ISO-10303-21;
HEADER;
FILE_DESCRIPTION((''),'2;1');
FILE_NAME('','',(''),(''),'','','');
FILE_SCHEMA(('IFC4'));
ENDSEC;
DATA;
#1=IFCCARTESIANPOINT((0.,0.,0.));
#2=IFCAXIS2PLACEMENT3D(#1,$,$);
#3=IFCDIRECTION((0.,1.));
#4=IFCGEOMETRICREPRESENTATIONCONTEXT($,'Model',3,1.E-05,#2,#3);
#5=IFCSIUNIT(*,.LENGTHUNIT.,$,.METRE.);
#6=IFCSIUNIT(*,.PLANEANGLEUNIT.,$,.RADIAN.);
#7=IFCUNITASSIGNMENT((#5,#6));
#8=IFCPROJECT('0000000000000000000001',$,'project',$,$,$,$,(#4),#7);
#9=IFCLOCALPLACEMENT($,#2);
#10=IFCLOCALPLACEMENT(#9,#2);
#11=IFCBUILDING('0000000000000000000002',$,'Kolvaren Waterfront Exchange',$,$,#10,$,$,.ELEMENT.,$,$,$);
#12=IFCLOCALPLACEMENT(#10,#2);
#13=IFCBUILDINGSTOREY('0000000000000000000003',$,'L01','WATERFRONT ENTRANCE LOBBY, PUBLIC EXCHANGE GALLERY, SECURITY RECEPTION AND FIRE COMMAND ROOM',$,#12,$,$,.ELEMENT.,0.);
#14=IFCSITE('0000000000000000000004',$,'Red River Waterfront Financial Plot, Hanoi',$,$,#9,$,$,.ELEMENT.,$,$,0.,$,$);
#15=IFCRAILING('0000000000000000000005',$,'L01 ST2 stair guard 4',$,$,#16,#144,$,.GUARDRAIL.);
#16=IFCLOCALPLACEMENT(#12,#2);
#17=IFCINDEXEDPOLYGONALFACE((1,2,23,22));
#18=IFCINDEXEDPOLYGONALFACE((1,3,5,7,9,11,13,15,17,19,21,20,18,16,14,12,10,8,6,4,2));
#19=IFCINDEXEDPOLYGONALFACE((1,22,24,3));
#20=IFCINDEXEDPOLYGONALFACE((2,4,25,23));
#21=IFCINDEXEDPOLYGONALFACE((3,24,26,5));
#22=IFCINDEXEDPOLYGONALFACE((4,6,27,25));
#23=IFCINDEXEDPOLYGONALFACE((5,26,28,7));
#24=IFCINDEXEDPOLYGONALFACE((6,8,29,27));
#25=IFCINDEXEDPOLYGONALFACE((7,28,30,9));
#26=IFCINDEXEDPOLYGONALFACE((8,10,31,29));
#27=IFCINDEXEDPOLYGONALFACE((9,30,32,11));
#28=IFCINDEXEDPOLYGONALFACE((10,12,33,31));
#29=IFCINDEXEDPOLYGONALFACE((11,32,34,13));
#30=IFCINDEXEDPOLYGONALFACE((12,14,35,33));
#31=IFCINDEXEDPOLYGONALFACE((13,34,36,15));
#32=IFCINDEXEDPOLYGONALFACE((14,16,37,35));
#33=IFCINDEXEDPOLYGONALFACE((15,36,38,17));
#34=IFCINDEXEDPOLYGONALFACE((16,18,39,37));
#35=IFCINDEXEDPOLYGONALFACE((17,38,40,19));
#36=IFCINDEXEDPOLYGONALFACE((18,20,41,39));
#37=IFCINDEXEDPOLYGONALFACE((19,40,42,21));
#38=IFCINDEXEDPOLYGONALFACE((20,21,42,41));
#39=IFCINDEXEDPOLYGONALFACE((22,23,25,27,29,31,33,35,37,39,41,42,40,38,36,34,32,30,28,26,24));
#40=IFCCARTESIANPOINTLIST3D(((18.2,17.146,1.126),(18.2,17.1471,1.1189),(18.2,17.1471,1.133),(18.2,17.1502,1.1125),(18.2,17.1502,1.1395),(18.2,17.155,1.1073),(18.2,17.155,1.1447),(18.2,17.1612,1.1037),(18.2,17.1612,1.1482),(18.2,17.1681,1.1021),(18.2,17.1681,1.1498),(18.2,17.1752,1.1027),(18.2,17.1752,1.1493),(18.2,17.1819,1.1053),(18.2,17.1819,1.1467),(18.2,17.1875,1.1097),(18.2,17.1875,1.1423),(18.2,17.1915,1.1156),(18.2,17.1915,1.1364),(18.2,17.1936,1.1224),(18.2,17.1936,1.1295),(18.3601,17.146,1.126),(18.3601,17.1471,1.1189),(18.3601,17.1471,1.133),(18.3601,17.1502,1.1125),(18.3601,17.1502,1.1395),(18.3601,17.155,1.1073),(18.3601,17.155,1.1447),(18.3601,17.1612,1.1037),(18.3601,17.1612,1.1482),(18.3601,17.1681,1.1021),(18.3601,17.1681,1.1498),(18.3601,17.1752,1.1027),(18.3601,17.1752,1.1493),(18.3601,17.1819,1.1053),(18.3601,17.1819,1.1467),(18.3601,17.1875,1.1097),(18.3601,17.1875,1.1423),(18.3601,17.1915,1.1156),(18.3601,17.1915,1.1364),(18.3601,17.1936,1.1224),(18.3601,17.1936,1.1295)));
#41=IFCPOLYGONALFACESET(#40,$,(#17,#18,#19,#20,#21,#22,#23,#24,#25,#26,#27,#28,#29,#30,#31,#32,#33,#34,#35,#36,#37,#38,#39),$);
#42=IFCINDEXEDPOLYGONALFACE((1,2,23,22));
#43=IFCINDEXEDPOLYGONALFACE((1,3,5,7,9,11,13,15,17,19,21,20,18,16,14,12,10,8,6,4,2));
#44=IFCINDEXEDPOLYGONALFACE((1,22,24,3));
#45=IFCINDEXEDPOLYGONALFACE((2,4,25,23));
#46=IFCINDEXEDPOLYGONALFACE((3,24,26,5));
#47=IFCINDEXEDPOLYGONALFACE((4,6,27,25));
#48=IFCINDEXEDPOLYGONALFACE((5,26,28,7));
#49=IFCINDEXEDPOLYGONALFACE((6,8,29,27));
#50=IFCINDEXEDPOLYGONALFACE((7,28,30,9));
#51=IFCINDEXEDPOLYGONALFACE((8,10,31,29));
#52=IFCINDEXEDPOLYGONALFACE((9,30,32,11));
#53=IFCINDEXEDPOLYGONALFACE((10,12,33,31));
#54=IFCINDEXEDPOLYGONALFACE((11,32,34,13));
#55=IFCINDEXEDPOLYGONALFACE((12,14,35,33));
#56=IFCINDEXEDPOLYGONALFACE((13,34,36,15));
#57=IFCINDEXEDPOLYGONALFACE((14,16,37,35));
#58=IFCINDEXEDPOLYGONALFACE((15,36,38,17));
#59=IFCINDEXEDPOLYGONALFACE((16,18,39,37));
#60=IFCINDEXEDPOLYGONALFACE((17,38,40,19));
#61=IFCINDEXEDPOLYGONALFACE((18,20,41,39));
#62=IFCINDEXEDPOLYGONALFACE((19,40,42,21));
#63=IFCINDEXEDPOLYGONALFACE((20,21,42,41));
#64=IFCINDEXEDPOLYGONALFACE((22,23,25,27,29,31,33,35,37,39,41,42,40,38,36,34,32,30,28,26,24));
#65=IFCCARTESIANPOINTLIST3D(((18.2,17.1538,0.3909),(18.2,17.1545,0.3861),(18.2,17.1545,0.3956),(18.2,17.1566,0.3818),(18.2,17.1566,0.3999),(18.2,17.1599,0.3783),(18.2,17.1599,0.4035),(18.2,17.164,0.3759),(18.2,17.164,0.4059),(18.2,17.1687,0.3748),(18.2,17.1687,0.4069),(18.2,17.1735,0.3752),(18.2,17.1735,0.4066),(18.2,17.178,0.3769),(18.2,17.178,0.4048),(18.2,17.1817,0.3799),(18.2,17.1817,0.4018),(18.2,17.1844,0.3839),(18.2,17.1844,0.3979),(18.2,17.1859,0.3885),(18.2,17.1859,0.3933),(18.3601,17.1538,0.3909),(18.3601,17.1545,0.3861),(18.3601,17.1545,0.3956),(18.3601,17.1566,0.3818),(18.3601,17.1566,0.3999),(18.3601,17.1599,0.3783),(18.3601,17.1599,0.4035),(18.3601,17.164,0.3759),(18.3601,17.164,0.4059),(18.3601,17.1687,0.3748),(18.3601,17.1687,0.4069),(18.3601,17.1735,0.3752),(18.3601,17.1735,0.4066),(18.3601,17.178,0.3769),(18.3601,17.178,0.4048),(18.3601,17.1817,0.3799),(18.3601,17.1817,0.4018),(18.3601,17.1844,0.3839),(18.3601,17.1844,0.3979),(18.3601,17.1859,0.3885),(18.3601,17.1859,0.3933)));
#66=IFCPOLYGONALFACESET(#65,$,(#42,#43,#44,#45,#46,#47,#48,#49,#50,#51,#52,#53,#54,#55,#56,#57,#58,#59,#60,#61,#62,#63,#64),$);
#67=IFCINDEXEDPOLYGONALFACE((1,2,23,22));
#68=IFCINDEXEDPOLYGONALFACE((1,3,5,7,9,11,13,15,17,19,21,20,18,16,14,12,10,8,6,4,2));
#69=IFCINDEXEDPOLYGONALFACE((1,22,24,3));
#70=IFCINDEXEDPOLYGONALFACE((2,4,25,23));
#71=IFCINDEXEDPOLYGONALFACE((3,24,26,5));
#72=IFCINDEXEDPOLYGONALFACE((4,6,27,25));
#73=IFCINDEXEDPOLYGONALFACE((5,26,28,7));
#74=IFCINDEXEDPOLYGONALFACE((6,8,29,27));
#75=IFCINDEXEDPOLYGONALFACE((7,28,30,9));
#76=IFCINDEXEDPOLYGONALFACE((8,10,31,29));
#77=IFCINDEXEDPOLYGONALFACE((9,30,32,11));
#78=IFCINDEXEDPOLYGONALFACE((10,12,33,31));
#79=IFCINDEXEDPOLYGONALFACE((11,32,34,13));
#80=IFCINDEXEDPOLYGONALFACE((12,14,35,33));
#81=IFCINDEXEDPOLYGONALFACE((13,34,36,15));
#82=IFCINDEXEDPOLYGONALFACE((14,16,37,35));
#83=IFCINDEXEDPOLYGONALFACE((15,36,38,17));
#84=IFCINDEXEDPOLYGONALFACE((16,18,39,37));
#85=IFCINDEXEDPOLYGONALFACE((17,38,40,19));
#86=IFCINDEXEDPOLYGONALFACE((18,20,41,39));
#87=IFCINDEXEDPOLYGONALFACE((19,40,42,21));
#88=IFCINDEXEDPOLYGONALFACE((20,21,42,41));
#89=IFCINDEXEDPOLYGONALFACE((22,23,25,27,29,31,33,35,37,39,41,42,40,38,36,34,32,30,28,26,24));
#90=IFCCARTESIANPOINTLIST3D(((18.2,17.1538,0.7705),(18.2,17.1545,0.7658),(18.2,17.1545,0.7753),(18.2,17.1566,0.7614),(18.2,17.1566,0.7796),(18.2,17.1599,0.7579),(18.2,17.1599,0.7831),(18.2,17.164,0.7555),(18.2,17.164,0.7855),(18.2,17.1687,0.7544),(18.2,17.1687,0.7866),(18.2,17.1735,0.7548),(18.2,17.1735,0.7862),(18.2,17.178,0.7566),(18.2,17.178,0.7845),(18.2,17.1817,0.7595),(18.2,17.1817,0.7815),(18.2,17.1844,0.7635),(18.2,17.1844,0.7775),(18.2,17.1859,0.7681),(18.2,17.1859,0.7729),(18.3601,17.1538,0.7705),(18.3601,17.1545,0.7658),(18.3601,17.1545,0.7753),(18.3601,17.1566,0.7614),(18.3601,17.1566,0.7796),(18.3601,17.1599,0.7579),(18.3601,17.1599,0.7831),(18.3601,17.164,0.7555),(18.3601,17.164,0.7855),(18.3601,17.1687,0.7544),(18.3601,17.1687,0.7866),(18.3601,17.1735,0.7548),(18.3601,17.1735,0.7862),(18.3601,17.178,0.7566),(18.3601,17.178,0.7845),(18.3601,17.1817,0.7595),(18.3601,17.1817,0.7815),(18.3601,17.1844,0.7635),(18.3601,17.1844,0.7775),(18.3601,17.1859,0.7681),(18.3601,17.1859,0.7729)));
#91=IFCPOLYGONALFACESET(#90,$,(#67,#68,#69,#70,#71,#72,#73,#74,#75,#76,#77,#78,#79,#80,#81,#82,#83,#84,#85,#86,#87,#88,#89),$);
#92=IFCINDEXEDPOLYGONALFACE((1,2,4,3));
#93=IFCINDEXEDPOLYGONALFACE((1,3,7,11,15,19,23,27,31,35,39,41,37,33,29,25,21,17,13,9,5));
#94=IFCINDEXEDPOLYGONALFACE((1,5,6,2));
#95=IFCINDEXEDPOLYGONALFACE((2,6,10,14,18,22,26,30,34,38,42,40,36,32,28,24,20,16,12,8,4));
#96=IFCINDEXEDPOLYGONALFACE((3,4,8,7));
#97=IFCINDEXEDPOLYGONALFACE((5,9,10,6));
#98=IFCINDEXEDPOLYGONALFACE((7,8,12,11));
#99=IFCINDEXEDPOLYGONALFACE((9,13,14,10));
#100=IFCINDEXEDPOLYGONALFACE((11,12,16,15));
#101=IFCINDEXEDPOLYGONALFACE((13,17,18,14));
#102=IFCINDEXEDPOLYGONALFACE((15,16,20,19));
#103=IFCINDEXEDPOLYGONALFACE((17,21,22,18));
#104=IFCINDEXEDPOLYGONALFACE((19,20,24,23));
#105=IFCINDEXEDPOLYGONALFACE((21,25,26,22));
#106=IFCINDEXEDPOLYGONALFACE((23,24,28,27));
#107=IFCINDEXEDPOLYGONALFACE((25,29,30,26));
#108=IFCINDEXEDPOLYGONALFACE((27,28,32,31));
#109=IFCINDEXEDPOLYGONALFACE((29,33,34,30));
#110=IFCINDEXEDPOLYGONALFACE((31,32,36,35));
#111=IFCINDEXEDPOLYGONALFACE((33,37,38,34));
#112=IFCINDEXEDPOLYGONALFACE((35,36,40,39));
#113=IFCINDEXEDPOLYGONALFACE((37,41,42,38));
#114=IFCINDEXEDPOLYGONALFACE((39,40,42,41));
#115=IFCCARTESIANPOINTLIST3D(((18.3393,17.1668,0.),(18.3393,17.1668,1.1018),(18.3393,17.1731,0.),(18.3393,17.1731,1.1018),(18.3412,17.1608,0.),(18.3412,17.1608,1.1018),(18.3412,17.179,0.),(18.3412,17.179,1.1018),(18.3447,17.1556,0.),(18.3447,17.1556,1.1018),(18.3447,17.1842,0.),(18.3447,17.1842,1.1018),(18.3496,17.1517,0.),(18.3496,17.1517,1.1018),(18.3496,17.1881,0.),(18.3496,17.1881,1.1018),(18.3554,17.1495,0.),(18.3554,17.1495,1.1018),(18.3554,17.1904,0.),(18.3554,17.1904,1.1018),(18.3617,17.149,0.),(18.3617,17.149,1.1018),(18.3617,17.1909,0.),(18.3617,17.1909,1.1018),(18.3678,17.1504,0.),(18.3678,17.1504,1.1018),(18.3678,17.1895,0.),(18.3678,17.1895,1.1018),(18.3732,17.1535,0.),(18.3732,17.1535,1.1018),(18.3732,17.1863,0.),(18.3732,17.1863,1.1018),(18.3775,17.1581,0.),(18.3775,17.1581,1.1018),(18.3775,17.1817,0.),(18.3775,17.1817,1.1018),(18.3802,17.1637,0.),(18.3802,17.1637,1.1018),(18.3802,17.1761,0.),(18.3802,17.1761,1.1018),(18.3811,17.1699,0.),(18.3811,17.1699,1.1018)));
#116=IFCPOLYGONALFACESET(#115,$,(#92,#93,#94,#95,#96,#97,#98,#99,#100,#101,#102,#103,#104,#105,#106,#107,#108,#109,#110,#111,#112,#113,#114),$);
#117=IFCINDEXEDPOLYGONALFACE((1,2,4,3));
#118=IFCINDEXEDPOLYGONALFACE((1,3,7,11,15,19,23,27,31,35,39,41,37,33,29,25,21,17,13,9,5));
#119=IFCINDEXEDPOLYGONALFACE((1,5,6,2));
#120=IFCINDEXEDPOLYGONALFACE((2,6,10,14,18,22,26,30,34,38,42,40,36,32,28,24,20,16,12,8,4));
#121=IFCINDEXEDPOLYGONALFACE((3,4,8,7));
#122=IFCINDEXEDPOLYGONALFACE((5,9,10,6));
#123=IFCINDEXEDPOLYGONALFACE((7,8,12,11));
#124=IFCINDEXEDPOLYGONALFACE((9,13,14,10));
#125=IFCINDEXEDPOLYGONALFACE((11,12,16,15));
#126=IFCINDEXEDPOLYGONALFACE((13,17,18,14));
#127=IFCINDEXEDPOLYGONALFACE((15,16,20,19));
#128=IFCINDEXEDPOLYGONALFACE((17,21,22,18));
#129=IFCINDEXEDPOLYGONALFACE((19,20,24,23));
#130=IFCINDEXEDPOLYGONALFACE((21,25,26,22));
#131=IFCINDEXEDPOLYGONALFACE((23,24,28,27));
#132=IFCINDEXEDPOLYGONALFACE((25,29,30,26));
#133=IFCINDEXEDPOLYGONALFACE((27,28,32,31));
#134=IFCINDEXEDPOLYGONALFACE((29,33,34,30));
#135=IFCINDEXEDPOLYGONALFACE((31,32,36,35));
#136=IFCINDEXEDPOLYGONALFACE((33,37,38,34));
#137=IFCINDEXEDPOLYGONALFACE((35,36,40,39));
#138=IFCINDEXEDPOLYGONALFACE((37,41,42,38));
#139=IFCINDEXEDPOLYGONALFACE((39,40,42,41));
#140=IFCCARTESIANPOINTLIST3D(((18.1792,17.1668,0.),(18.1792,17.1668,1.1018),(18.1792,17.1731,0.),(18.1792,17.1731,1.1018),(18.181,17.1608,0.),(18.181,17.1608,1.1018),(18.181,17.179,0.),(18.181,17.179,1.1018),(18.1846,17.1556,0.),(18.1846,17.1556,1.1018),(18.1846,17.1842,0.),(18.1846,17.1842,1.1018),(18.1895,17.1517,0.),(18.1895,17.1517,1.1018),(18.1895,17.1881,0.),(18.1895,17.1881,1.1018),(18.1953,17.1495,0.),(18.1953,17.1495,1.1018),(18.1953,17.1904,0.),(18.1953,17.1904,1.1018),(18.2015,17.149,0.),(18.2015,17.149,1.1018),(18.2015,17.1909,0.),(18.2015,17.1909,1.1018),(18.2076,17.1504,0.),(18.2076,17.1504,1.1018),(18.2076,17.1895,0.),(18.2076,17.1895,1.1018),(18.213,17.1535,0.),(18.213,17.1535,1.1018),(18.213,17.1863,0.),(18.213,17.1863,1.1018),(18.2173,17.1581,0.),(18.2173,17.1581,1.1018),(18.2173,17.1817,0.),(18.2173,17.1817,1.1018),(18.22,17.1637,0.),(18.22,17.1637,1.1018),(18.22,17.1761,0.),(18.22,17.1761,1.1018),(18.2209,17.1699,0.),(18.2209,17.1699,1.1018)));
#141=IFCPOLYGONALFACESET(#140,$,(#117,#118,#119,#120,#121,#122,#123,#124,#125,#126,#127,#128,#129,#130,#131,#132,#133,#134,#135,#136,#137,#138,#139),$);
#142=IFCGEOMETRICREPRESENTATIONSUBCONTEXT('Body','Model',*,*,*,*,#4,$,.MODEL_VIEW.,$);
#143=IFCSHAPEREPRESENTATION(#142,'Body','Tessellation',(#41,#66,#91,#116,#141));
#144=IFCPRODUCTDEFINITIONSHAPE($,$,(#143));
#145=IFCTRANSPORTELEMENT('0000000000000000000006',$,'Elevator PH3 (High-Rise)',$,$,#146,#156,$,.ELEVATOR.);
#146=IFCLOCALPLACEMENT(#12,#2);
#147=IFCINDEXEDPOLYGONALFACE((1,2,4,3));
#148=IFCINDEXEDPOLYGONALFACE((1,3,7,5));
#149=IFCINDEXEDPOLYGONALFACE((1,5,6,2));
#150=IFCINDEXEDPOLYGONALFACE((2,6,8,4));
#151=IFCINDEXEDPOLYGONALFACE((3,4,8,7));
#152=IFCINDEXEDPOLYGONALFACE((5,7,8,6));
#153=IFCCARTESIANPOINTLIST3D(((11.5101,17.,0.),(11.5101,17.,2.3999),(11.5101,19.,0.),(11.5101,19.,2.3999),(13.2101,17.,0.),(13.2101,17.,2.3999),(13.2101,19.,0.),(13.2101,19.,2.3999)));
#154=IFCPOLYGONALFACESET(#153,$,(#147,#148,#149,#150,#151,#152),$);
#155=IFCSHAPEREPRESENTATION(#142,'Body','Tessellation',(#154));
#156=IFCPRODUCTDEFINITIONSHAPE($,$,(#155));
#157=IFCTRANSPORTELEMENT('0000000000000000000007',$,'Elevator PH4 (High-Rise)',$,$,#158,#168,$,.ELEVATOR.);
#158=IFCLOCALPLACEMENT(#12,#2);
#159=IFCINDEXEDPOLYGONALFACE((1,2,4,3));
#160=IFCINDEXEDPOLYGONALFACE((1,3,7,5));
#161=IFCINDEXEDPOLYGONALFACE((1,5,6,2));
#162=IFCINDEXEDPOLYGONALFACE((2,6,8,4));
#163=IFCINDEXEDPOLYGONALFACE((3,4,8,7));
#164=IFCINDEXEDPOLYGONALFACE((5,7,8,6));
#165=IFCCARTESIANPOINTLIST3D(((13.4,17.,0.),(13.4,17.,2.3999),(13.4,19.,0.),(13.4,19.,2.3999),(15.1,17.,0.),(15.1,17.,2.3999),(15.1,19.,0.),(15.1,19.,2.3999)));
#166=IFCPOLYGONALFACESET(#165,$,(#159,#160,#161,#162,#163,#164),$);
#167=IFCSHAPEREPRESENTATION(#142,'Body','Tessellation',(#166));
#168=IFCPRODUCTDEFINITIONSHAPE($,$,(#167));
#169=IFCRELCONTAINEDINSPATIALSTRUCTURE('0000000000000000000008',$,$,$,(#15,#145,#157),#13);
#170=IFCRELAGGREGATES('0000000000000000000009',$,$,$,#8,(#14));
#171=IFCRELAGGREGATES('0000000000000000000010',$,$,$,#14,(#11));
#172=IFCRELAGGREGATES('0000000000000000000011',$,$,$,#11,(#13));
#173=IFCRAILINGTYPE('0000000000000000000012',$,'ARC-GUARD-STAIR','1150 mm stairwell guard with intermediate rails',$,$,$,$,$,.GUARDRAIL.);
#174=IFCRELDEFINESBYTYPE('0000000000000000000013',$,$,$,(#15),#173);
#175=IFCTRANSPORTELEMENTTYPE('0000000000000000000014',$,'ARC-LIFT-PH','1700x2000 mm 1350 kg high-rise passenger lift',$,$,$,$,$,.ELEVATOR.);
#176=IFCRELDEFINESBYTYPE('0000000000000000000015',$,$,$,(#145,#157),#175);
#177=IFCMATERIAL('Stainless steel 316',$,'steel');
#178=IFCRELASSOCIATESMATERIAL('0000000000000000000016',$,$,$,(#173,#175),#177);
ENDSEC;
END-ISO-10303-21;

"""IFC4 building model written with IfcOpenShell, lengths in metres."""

from ifc_helpers import new_model, si_unit, direction, frame, origin, origin_2d, place, context, subcontext, project, spatial, rectangle, circle, extrude, material, type_object, element, save


model = new_model("IFC4")

# Units and contexts
model_context = context("Model", 3, precision=1e-05, world=origin(), true_north=direction((0.0, 1.0)))
body_context = subcontext(model_context, "Body", "Model", "MODEL_VIEW")
ifc_project = project(units=[si_unit("LENGTHUNIT", "METRE"), si_unit("PLANEANGLEUNIT", "RADIAN")], contexts=[model_context])

# Site, building, storey
site_placement = place(None, origin())
site = spatial("IfcSite", under=ifc_project, at=site_placement, Name="Red River Waterfront Financial Plot, Hanoi", CompositionType="ELEMENT", RefElevation=0.0)
building_placement = place(site_placement, origin())
building = spatial("IfcBuilding", under=site, at=building_placement, Name="Kolvaren Waterfront Exchange", CompositionType="ELEMENT")
storey_placement = place(building_placement, origin())
storey = spatial("IfcBuildingStorey", under=building, at=storey_placement, Name="L01", Description="WATERFRONT ENTRANCE LOBBY, PUBLIC EXCHANGE GALLERY, SECURITY RECEPTION AND FIRE COMMAND ROOM", CompositionType="ELEMENT", Elevation=0.0)

# Railing
ifc_material_1 = material(Name="Stainless steel 316", Category="steel")
railing_type_1 = type_object("IfcRailingType", Name="ARC-GUARD-STAIR", Description="1150 mm stairwell guard with intermediate rails", PredefinedType="GUARDRAIL", material=ifc_material_1)
railing_1_placement = place(storey_placement, frame((18.3601, 17.1699, 0.0)))
element("IfcRailing", 1, at=railing_1_placement, inside=storey, type_object=railing_type_1, Name="L01 ST2 stair guard 4", PredefinedType="GUARDRAIL", context=body_context, shape_type="SweptSolid", body=[
    extrude(circle(Radius=0.0239, at=origin_2d()), frame((0.0, 0.0, 1.126), z_axis=(-1.0, 0.0, 0.0), x_axis=(0.0, -1.0, 0.0)), (0.0, 0.0, 1.0), 0.1602),
    extrude(circle(Radius=0.0161, at=origin_2d()), frame((0.0, 0.0, 0.3909), z_axis=(-1.0, 0.0, 0.0), x_axis=(0.0, -1.0, 0.0)), (0.0, 0.0, 1.0), 0.1602),
    extrude(circle(Radius=0.0161, at=origin_2d()), frame((0.0, 0.0, 0.7705), z_axis=(-1.0, 0.0, 0.0), x_axis=(0.0, -1.0, 0.0)), (0.0, 0.0, 1.0), 0.1602),
    extrude(circle(Radius=0.021, at=origin_2d()), origin(), (0.0, 0.0, 1.0), 1.1018),
    extrude(circle(Radius=0.021, at=origin_2d()), frame((-0.1602, 0.0, 0.0)), (0.0, 0.0, 1.0), 1.1018),
])

# Transport elements
transport_element_type = type_object("IfcTransportElementType", Name="ARC-LIFT-PH", Description="1700x2000 mm 1350 kg high-rise passenger lift", PredefinedType="ELEVATOR", material=ifc_material_1)
for number, where, z_axis, x_axis, name in (
    (2, (12.3601, 18.0, 0.0), (0.0, 0.0, 1.0), (1.0, 0.0, 0.0), "Elevator PH3 (High-Rise)"),
    (3, (14.25, 18.0, 0.0), (0.0, 0.0, 1.0), (1.0, 0.0, 0.0), "Elevator PH4 (High-Rise)"),
):
    element("IfcTransportElement", number, at=place(storey_placement, frame(where, z_axis=z_axis, x_axis=x_axis)), inside=storey, type_object=transport_element_type, Name=name, PredefinedType="ELEVATOR", context=body_context, shape_type="SweptSolid", body=[
        extrude(rectangle(XDim=1.7, YDim=2.0, at=origin_2d()), origin(), (0.0, 0.0, 1.0), 2.3999),
    ])

save(model, "model.ifc")
